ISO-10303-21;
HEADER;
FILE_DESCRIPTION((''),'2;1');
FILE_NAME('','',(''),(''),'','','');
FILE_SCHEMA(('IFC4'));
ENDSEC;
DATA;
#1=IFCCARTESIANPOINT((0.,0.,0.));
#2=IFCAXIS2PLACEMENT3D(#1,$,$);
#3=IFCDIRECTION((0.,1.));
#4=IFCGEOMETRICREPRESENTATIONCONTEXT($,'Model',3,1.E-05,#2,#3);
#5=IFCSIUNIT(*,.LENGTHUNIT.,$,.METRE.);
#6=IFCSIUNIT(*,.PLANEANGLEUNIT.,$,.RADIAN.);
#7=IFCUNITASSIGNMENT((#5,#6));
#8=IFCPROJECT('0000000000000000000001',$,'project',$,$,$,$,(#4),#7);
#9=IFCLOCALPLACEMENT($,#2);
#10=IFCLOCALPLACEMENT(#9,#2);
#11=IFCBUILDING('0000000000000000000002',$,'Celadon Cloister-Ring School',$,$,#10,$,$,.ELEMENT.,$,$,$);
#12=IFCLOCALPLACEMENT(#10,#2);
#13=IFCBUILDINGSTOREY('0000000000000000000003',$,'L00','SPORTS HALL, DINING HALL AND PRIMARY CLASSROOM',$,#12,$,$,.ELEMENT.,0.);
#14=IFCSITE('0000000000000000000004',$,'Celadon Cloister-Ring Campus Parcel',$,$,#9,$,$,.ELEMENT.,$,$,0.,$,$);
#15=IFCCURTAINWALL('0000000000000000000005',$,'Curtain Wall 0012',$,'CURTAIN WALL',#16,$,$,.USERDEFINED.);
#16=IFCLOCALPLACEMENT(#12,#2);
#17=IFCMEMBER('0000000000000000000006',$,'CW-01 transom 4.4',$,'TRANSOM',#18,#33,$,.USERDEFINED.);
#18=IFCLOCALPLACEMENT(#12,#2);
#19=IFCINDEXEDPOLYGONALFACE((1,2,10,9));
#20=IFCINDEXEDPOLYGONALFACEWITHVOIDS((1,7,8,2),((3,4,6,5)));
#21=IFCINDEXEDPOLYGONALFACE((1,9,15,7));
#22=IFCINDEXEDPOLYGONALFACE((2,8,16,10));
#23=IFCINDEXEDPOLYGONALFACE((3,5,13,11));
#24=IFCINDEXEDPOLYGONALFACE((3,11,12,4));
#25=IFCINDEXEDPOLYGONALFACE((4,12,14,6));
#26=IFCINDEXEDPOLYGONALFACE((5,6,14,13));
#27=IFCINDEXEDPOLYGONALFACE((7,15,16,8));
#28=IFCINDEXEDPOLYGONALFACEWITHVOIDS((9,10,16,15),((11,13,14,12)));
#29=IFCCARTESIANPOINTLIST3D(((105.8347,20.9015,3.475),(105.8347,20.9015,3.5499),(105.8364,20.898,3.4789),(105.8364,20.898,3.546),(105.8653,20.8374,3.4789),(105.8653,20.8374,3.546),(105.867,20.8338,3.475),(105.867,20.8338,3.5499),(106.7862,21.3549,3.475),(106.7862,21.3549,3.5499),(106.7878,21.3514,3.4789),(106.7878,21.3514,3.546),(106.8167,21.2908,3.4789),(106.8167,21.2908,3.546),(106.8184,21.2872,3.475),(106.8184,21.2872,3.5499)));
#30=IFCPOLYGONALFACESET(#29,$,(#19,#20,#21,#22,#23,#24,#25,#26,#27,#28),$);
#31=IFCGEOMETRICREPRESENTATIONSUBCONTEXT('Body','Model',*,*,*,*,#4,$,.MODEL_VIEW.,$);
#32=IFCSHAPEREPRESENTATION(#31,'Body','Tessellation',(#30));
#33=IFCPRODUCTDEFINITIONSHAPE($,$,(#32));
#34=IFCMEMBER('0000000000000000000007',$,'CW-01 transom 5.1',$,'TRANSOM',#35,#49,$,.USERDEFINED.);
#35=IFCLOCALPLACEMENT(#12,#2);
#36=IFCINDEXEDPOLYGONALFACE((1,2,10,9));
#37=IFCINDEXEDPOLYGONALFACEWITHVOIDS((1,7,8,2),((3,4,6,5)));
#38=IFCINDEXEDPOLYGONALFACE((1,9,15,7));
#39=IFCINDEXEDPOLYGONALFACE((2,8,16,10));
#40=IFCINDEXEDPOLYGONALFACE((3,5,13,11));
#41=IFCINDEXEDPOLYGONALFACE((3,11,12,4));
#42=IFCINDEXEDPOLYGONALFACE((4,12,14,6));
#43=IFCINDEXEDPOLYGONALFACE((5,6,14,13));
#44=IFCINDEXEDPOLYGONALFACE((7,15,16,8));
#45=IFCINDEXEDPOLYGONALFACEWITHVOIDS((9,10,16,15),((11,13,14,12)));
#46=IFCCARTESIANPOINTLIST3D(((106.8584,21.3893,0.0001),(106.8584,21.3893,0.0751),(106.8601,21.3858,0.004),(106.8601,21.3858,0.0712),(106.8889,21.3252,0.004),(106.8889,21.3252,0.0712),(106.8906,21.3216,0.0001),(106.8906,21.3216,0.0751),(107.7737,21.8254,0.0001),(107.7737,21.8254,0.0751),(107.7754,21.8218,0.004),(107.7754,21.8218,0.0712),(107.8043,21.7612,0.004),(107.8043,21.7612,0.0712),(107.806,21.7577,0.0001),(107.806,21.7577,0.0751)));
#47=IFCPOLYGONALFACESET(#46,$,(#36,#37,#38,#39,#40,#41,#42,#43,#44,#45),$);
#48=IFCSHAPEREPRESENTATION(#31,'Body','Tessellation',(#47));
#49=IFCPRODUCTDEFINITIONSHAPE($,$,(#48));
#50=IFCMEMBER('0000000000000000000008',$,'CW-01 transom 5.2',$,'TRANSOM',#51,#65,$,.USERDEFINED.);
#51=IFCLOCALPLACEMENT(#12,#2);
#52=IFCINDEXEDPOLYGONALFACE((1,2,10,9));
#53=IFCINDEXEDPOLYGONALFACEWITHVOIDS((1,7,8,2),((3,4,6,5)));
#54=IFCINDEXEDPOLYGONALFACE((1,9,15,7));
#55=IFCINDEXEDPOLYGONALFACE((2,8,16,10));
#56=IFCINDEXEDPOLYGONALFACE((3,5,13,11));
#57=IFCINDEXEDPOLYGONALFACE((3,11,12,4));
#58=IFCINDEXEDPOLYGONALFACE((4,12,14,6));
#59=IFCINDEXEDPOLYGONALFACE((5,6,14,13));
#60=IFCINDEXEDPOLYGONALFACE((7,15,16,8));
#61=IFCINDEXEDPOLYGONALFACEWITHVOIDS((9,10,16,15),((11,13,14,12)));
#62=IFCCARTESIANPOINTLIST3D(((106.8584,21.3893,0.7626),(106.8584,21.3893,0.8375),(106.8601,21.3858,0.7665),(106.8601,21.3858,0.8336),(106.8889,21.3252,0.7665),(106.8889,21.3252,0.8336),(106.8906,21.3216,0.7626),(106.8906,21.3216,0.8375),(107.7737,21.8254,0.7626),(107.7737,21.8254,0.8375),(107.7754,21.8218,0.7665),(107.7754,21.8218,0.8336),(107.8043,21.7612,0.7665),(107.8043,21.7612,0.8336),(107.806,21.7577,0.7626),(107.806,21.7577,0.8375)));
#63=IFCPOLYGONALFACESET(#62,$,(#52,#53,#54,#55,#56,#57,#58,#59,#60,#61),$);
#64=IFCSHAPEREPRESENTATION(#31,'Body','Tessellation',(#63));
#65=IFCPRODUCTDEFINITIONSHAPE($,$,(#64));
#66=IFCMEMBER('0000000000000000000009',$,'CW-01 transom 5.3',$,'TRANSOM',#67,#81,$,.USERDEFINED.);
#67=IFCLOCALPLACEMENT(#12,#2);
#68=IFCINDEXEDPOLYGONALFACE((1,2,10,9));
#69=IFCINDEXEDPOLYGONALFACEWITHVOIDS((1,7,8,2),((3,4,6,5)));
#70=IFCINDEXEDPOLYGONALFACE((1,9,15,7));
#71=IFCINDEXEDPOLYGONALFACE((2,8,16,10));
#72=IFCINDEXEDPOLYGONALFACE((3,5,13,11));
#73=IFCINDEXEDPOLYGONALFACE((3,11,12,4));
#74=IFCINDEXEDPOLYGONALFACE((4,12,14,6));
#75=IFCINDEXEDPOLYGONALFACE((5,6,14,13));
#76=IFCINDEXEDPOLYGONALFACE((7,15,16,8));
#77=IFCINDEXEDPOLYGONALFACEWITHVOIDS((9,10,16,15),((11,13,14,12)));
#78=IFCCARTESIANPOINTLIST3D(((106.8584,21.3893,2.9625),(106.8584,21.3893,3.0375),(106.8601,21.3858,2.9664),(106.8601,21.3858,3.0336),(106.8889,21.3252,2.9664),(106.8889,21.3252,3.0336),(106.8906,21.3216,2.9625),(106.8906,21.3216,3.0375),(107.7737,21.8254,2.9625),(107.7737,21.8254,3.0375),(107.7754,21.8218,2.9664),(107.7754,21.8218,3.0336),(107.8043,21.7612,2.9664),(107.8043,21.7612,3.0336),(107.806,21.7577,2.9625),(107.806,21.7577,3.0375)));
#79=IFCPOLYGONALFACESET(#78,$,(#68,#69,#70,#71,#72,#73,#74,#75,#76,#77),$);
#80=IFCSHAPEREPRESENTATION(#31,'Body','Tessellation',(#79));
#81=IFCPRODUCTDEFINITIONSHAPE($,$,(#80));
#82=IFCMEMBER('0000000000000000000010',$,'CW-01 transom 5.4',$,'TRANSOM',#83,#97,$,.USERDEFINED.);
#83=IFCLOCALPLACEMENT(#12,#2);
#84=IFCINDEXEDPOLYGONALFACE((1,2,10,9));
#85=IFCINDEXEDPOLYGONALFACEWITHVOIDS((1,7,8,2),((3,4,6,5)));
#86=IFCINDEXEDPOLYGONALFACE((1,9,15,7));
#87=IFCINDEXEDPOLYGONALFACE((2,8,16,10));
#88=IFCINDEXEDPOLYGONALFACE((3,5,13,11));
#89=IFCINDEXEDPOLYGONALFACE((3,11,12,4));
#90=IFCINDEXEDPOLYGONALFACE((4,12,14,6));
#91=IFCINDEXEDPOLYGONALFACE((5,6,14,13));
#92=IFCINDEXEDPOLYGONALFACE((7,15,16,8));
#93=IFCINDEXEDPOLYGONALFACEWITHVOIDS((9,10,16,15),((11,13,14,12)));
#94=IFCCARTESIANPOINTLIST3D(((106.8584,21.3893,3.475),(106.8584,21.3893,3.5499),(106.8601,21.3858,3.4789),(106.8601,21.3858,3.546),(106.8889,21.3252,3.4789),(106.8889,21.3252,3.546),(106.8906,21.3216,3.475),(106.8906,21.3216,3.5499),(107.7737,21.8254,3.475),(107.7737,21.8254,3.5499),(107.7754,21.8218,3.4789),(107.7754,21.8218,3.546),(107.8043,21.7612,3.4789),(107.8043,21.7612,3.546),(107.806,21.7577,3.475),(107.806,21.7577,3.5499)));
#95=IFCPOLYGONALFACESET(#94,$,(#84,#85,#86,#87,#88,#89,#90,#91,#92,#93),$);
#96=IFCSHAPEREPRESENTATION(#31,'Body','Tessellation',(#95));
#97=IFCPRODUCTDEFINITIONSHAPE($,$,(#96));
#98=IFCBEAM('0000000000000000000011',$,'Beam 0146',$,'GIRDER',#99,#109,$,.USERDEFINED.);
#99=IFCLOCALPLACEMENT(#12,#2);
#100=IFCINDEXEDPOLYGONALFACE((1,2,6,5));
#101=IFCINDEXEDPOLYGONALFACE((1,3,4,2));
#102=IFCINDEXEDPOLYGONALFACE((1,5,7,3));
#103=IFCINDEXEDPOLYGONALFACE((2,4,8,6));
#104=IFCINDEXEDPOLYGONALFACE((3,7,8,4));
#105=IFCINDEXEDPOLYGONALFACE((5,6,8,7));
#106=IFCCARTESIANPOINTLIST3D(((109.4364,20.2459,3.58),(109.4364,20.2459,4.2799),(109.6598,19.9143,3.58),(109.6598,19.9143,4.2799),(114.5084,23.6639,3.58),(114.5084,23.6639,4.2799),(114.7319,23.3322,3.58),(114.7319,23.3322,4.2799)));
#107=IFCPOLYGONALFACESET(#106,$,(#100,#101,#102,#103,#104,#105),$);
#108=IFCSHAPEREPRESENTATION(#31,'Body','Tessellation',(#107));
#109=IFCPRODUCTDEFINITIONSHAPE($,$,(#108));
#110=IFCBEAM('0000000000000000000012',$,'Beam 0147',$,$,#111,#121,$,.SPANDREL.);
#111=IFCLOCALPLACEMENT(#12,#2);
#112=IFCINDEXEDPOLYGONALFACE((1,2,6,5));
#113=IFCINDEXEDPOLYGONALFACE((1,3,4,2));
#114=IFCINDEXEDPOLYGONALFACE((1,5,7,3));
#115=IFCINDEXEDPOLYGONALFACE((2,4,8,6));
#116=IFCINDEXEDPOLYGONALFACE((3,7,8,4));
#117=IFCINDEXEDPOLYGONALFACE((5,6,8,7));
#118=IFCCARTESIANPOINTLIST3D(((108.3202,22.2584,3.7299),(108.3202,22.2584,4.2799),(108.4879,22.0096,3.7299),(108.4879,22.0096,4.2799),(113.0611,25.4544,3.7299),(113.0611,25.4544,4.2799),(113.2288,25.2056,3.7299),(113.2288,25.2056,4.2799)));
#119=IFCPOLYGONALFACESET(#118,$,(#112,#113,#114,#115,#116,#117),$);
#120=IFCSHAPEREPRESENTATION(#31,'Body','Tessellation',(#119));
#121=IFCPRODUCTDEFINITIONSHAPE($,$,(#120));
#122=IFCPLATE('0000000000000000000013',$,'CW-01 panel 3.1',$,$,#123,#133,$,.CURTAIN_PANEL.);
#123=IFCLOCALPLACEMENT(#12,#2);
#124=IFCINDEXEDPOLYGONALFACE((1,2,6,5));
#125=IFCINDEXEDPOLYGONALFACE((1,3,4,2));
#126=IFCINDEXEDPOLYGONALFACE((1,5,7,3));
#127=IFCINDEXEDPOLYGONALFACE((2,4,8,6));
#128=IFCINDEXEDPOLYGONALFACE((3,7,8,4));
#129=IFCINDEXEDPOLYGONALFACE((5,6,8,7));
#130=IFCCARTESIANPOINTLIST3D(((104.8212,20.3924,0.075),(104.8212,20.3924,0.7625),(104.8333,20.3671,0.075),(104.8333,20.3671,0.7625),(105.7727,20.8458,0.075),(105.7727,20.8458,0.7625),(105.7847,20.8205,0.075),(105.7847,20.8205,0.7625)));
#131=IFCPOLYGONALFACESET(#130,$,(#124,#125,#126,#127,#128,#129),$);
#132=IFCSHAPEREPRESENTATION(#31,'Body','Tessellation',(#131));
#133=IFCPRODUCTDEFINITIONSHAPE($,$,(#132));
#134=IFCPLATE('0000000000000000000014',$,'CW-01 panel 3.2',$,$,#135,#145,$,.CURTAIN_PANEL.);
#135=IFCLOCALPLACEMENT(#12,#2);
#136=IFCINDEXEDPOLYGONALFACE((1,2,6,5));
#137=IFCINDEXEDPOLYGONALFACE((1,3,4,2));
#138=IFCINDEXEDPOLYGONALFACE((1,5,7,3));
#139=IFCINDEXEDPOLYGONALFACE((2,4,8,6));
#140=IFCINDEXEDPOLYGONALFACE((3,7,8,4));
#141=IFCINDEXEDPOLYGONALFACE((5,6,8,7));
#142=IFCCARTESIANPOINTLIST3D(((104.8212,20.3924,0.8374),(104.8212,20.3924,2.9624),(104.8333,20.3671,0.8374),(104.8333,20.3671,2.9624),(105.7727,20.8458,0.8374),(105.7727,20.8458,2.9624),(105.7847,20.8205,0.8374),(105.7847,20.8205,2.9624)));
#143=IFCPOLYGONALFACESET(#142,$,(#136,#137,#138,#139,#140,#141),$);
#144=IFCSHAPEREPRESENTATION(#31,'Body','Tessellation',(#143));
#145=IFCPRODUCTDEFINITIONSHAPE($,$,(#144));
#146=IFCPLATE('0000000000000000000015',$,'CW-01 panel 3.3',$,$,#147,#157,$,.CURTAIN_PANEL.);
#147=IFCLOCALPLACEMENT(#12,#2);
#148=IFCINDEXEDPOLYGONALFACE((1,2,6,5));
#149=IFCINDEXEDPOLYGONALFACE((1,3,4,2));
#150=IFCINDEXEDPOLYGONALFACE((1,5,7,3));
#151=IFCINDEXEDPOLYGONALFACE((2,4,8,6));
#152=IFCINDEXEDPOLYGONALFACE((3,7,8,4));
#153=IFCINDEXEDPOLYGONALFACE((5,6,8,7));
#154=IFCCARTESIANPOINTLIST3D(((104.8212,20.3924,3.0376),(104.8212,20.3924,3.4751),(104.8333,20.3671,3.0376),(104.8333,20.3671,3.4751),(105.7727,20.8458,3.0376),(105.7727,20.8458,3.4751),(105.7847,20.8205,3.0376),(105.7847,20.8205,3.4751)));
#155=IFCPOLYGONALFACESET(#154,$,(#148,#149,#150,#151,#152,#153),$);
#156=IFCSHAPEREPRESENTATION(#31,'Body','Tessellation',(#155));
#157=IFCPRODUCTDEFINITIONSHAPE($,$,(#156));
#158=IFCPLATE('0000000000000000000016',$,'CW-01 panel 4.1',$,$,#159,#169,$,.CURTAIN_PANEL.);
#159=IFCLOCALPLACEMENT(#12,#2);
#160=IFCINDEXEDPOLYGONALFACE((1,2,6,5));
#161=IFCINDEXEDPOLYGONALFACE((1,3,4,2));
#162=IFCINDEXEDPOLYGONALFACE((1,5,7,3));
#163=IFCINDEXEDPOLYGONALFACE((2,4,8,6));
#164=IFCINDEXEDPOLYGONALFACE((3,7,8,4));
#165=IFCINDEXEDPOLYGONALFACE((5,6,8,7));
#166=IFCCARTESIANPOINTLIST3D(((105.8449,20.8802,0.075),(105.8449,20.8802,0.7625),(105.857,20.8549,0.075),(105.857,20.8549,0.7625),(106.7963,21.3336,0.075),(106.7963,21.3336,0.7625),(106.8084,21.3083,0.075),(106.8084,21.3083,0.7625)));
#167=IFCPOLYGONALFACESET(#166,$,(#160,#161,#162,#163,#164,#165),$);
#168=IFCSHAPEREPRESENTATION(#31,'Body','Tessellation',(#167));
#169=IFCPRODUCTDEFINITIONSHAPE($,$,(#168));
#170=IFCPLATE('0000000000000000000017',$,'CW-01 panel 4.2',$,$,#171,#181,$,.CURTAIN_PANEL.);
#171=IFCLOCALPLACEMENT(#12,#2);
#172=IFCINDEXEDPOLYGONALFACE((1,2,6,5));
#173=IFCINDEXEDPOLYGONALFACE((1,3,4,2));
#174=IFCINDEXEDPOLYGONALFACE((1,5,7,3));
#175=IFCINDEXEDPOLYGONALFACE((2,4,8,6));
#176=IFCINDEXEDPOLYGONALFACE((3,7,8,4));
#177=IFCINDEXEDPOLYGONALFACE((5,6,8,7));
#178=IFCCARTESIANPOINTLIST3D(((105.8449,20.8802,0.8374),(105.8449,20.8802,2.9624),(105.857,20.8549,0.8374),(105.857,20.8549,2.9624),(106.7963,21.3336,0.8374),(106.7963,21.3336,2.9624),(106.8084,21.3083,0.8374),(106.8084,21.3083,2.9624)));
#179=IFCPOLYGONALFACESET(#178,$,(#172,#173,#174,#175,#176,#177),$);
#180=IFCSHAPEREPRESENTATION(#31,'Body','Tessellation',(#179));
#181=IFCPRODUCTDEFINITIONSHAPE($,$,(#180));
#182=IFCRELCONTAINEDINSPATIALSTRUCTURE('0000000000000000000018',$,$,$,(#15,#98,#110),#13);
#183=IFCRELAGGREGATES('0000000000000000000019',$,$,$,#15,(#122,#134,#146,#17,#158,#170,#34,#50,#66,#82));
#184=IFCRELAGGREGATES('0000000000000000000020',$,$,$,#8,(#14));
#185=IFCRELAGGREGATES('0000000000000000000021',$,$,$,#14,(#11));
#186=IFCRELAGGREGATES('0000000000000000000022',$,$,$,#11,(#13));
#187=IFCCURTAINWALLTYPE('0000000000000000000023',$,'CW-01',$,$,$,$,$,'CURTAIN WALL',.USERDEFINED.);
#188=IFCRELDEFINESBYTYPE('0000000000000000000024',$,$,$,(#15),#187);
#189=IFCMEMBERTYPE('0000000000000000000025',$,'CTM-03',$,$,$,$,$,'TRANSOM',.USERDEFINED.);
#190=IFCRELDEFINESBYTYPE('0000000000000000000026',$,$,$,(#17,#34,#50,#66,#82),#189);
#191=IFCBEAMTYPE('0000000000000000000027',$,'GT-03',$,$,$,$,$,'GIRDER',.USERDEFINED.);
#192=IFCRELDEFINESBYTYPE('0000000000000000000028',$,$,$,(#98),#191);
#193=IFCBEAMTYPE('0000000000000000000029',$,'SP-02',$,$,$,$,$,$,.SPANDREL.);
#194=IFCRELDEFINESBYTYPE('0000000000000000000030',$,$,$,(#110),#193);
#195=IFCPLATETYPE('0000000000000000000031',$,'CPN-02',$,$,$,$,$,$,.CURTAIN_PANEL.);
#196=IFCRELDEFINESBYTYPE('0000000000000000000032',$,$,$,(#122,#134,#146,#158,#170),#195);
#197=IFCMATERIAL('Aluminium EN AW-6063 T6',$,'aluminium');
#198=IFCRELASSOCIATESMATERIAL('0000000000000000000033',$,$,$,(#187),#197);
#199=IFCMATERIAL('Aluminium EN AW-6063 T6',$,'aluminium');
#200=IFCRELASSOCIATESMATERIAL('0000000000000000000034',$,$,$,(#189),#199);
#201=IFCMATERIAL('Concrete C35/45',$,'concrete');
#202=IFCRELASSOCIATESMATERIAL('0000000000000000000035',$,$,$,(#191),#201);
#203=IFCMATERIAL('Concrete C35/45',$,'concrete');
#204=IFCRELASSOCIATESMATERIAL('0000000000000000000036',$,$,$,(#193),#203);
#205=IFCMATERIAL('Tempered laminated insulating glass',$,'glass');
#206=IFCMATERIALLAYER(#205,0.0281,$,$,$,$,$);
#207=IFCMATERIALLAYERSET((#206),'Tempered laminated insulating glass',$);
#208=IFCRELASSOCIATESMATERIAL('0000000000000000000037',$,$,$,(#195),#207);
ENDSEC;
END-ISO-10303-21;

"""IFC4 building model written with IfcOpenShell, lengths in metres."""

from ifc_helpers import new_model, si_unit, direction, frame, origin, origin_2d, place, context, subcontext, project, spatial, rectangle, hollow_rectangle, extrude, material, layer, layer_set, material_profile, profile_set, type_object, element, aggregate, save


model = new_model("IFC4")

# Units and contexts
model_context = context("Model", 3, precision=1e-05, world=origin(), true_north=direction((0.0, 1.0)))
body_context = subcontext(model_context, "Body", "Model", "MODEL_VIEW")
ifc_project = project(units=[si_unit("LENGTHUNIT", "METRE"), si_unit("PLANEANGLEUNIT", "RADIAN")], contexts=[model_context])

# Site, building, storey
site_placement = place(None, origin())
site = spatial("IfcSite", under=ifc_project, at=site_placement, Name="Celadon Cloister-Ring Campus Parcel", CompositionType="ELEMENT", RefElevation=0.0)
building_placement = place(site_placement, origin())
building = spatial("IfcBuilding", under=site, at=building_placement, Name="Celadon Cloister-Ring School", CompositionType="ELEMENT")
storey_placement = place(building_placement, origin())
storey = spatial("IfcBuildingStorey", under=building, at=storey_placement, Name="L00", Description="SPORTS HALL, DINING HALL AND PRIMARY CLASSROOM", CompositionType="ELEMENT", Elevation=0.0)

# Curtain wall, members
ifc_material_1 = material(Name="Aluminium EN AW-6063 T6", Category="aluminium")
curtain_wall_type = type_object("IfcCurtainWallType", Name="CW-01", ElementType="CURTAIN WALL", PredefinedType="USERDEFINED", material=ifc_material_1)
curtain_wall_placement = place(storey_placement, origin())
curtain_wall = element("IfcCurtainWall", 1, at=curtain_wall_placement, inside=storey, type_object=curtain_wall_type, Name="Curtain Wall 0012", ObjectType="CURTAIN WALL", PredefinedType="USERDEFINED")
ifc_material_2 = material(Name="Aluminium EN AW-6063 T6", Category="aluminium")
ifc_material_profile_1 = material_profile(ifc_material_2, hollow_rectangle(XDim=0.075, YDim=0.075, WallThickness=0.0039, at=origin_2d()), Name="RHS75X75X4")
ifc_profile_set_1 = profile_set([ifc_material_profile_1], Name="Aluminium EN AW-6063 T6")
member_type_1 = type_object("IfcMemberType", Name="CTM-03", ElementType="TRANSOM", PredefinedType="USERDEFINED", material=ifc_profile_set_1)
member_1_placement = place(storey_placement, frame((105.8508, 20.8677, 3.5125), z_axis=(0.902745, 0.430176, 0.0), x_axis=(-0.430176, 0.902745, 0.0)))
member_1 = element("IfcMember", 2, at=member_1_placement, type_object=member_type_1, Name="CW-01 transom 4.4", ObjectType="TRANSOM", PredefinedType="USERDEFINED", context=body_context, shape_type="SweptSolid", body=[
    extrude(hollow_rectangle(XDim=0.075, YDim=0.075, WallThickness=0.0039, at=origin_2d()), origin(), (0.0, 0.0, 1.0), 1.054),
])
member_2_placement = place(storey_placement, frame((106.8745, 21.3555, 0.0376), z_axis=(0.902789, 0.430083, 0.0), x_axis=(-0.430083, 0.902789, 0.0)))
member_2 = element("IfcMember", 3, at=member_2_placement, type_object=member_type_1, Name="CW-01 transom 5.1", ObjectType="TRANSOM", PredefinedType="USERDEFINED", context=body_context, shape_type="SweptSolid", body=[
    extrude(hollow_rectangle(XDim=0.075, YDim=0.075, WallThickness=0.0039, at=origin_2d()), origin(), (0.0, 0.0, 1.0), 1.0139),
])
member_3_placement = place(storey_placement, frame((106.8745, 21.3555, 0.8), z_axis=(0.902789, 0.430083, 0.0), x_axis=(-0.430083, 0.902789, 0.0)))
member_3 = element("IfcMember", 4, at=member_3_placement, type_object=member_type_1, Name="CW-01 transom 5.2", ObjectType="TRANSOM", PredefinedType="USERDEFINED", context=body_context, shape_type="SweptSolid", body=[
    extrude(hollow_rectangle(XDim=0.075, YDim=0.075, WallThickness=0.0039, at=origin_2d()), origin(), (0.0, 0.0, 1.0), 1.0139),
])
member_4_placement = place(storey_placement, frame((106.8745, 21.3555, 3.0), z_axis=(0.902789, 0.430083, 0.0), x_axis=(-0.430083, 0.902789, 0.0)))
member_4 = element("IfcMember", 5, at=member_4_placement, type_object=member_type_1, Name="CW-01 transom 5.3", ObjectType="TRANSOM", PredefinedType="USERDEFINED", context=body_context, shape_type="SweptSolid", body=[
    extrude(hollow_rectangle(XDim=0.075, YDim=0.075, WallThickness=0.0039, at=origin_2d()), origin(), (0.0, 0.0, 1.0), 1.0139),
])
member_5_placement = place(storey_placement, frame((106.8745, 21.3555, 3.5125), z_axis=(0.902789, 0.430083, 0.0), x_axis=(-0.430083, 0.902789, 0.0)))
member_5 = element("IfcMember", 6, at=member_5_placement, type_object=member_type_1, Name="CW-01 transom 5.4", ObjectType="TRANSOM", PredefinedType="USERDEFINED", context=body_context, shape_type="SweptSolid", body=[
    extrude(hollow_rectangle(XDim=0.075, YDim=0.075, WallThickness=0.0039, at=origin_2d()), origin(), (0.0, 0.0, 1.0), 1.0139),
])

# Beams
ifc_material_3 = material(Name="Concrete C35/45", Category="concrete")
ifc_material_profile_2 = material_profile(ifc_material_3, rectangle(XDim=0.3999, YDim=0.7, at=origin_2d()), Name="RC400X700")
ifc_profile_set_2 = profile_set([ifc_material_profile_2], Name="Concrete C35/45")
beam_type_1 = type_object("IfcBeamType", Name="GT-03", ElementType="GIRDER", PredefinedType="USERDEFINED", material=ifc_profile_set_2)
beam_1_placement = place(storey_placement, frame((109.5481, 20.0801, 3.9299), z_axis=(0.829276, 0.558839, 0.0), x_axis=(-0.558839, 0.829276, 0.0)))
element("IfcBeam", 7, at=beam_1_placement, inside=storey, type_object=beam_type_1, Name="Beam 0146", ObjectType="GIRDER", PredefinedType="USERDEFINED", context=body_context, shape_type="SweptSolid", body=[
    extrude(rectangle(XDim=0.3999, YDim=0.7, at=origin_2d()), origin(), (0.0, 0.0, 1.0), 6.1162),
])
ifc_material_4 = material(Name="Concrete C35/45", Category="concrete")
ifc_material_profile_3 = material_profile(ifc_material_4, rectangle(XDim=0.3, YDim=0.55, at=origin_2d()), Name="RC300X550")
ifc_profile_set_3 = profile_set([ifc_material_profile_3], Name="Concrete C35/45")
beam_type_2 = type_object("IfcBeamType", Name="SP-02", PredefinedType="SPANDREL", material=ifc_profile_set_3)
beam_2_placement = place(storey_placement, frame((108.4041, 22.134, 4.0049), z_axis=(0.829182, 0.558979, 0.0), x_axis=(-0.558979, 0.829182, 0.0)))
element("IfcBeam", 8, at=beam_2_placement, inside=storey, type_object=beam_type_2, Name="Beam 0147", PredefinedType="SPANDREL", context=body_context, shape_type="SweptSolid", body=[
    extrude(rectangle(XDim=0.3, YDim=0.55, at=origin_2d()), origin(), (0.0, 0.0, 1.0), 5.7175),
])

# Plates
ifc_material_5 = material(Name="Tempered laminated insulating glass", Category="glass")
ifc_layer_1 = layer(ifc_material_5, 0.0281)
ifc_layer_set_1 = layer_set([ifc_layer_1], Name="Tempered laminated insulating glass")
plate_type = type_object("IfcPlateType", Name="CPN-02", PredefinedType="CURTAIN_PANEL", material=ifc_layer_set_1)
plate_1_placement = place(storey_placement, frame((105.303, 20.6064, 0.075), z_axis=(0.0, 0.0, 1.0), x_axis=(0.902733, 0.430201, 0.0)))
plate_1 = element("IfcPlate", 9, at=plate_1_placement, type_object=plate_type, Name="CW-01 panel 3.1", PredefinedType="CURTAIN_PANEL", context=body_context, shape_type="SweptSolid", body=[
    extrude(rectangle(XDim=1.054, YDim=0.0281, at=origin_2d()), origin(), (0.0, 0.0, 1.0), 0.6875),
])
plate_2_placement = place(storey_placement, frame((105.303, 20.6064, 0.8374), z_axis=(0.0, 0.0, 1.0), x_axis=(0.902733, 0.430201, 0.0)))
plate_2 = element("IfcPlate", 10, at=plate_2_placement, type_object=plate_type, Name="CW-01 panel 3.2", PredefinedType="CURTAIN_PANEL", context=body_context, shape_type="SweptSolid", body=[
    extrude(rectangle(XDim=1.054, YDim=0.0281, at=origin_2d()), origin(), (0.0, 0.0, 1.0), 2.125),
])
plate_3_placement = place(storey_placement, frame((105.303, 20.6064, 3.0376), z_axis=(0.0, 0.0, 1.0), x_axis=(0.902733, 0.430201, 0.0)))
plate_3 = element("IfcPlate", 11, at=plate_3_placement, type_object=plate_type, Name="CW-01 panel 3.3", PredefinedType="CURTAIN_PANEL", context=body_context, shape_type="SweptSolid", body=[
    extrude(rectangle(XDim=1.054, YDim=0.0281, at=origin_2d()), origin(), (0.0, 0.0, 1.0), 0.4375),
])
plate_4_placement = place(storey_placement, frame((106.3267, 21.0942, 0.075), z_axis=(0.0, 0.0, 1.0), x_axis=(0.902733, 0.430201, 0.0)))
plate_4 = element("IfcPlate", 12, at=plate_4_placement, type_object=plate_type, Name="CW-01 panel 4.1", PredefinedType="CURTAIN_PANEL", context=body_context, shape_type="SweptSolid", body=[
    extrude(rectangle(XDim=1.054, YDim=0.0281, at=origin_2d()), origin(), (0.0, 0.0, 1.0), 0.6875),
])
plate_5_placement = place(storey_placement, frame((106.3267, 21.0942, 0.8374), z_axis=(0.0, 0.0, 1.0), x_axis=(0.902733, 0.430201, 0.0)))
plate_5 = element("IfcPlate", 13, at=plate_5_placement, type_object=plate_type, Name="CW-01 panel 4.2", PredefinedType="CURTAIN_PANEL", context=body_context, shape_type="SweptSolid", body=[
    extrude(rectangle(XDim=1.054, YDim=0.0281, at=origin_2d()), origin(), (0.0, 0.0, 1.0), 2.125),
])
aggregate(curtain_wall, [plate_1, plate_2, plate_3, member_1, plate_4, plate_5, member_2, member_3, member_4, member_5])

save(model, "model.ifc")
